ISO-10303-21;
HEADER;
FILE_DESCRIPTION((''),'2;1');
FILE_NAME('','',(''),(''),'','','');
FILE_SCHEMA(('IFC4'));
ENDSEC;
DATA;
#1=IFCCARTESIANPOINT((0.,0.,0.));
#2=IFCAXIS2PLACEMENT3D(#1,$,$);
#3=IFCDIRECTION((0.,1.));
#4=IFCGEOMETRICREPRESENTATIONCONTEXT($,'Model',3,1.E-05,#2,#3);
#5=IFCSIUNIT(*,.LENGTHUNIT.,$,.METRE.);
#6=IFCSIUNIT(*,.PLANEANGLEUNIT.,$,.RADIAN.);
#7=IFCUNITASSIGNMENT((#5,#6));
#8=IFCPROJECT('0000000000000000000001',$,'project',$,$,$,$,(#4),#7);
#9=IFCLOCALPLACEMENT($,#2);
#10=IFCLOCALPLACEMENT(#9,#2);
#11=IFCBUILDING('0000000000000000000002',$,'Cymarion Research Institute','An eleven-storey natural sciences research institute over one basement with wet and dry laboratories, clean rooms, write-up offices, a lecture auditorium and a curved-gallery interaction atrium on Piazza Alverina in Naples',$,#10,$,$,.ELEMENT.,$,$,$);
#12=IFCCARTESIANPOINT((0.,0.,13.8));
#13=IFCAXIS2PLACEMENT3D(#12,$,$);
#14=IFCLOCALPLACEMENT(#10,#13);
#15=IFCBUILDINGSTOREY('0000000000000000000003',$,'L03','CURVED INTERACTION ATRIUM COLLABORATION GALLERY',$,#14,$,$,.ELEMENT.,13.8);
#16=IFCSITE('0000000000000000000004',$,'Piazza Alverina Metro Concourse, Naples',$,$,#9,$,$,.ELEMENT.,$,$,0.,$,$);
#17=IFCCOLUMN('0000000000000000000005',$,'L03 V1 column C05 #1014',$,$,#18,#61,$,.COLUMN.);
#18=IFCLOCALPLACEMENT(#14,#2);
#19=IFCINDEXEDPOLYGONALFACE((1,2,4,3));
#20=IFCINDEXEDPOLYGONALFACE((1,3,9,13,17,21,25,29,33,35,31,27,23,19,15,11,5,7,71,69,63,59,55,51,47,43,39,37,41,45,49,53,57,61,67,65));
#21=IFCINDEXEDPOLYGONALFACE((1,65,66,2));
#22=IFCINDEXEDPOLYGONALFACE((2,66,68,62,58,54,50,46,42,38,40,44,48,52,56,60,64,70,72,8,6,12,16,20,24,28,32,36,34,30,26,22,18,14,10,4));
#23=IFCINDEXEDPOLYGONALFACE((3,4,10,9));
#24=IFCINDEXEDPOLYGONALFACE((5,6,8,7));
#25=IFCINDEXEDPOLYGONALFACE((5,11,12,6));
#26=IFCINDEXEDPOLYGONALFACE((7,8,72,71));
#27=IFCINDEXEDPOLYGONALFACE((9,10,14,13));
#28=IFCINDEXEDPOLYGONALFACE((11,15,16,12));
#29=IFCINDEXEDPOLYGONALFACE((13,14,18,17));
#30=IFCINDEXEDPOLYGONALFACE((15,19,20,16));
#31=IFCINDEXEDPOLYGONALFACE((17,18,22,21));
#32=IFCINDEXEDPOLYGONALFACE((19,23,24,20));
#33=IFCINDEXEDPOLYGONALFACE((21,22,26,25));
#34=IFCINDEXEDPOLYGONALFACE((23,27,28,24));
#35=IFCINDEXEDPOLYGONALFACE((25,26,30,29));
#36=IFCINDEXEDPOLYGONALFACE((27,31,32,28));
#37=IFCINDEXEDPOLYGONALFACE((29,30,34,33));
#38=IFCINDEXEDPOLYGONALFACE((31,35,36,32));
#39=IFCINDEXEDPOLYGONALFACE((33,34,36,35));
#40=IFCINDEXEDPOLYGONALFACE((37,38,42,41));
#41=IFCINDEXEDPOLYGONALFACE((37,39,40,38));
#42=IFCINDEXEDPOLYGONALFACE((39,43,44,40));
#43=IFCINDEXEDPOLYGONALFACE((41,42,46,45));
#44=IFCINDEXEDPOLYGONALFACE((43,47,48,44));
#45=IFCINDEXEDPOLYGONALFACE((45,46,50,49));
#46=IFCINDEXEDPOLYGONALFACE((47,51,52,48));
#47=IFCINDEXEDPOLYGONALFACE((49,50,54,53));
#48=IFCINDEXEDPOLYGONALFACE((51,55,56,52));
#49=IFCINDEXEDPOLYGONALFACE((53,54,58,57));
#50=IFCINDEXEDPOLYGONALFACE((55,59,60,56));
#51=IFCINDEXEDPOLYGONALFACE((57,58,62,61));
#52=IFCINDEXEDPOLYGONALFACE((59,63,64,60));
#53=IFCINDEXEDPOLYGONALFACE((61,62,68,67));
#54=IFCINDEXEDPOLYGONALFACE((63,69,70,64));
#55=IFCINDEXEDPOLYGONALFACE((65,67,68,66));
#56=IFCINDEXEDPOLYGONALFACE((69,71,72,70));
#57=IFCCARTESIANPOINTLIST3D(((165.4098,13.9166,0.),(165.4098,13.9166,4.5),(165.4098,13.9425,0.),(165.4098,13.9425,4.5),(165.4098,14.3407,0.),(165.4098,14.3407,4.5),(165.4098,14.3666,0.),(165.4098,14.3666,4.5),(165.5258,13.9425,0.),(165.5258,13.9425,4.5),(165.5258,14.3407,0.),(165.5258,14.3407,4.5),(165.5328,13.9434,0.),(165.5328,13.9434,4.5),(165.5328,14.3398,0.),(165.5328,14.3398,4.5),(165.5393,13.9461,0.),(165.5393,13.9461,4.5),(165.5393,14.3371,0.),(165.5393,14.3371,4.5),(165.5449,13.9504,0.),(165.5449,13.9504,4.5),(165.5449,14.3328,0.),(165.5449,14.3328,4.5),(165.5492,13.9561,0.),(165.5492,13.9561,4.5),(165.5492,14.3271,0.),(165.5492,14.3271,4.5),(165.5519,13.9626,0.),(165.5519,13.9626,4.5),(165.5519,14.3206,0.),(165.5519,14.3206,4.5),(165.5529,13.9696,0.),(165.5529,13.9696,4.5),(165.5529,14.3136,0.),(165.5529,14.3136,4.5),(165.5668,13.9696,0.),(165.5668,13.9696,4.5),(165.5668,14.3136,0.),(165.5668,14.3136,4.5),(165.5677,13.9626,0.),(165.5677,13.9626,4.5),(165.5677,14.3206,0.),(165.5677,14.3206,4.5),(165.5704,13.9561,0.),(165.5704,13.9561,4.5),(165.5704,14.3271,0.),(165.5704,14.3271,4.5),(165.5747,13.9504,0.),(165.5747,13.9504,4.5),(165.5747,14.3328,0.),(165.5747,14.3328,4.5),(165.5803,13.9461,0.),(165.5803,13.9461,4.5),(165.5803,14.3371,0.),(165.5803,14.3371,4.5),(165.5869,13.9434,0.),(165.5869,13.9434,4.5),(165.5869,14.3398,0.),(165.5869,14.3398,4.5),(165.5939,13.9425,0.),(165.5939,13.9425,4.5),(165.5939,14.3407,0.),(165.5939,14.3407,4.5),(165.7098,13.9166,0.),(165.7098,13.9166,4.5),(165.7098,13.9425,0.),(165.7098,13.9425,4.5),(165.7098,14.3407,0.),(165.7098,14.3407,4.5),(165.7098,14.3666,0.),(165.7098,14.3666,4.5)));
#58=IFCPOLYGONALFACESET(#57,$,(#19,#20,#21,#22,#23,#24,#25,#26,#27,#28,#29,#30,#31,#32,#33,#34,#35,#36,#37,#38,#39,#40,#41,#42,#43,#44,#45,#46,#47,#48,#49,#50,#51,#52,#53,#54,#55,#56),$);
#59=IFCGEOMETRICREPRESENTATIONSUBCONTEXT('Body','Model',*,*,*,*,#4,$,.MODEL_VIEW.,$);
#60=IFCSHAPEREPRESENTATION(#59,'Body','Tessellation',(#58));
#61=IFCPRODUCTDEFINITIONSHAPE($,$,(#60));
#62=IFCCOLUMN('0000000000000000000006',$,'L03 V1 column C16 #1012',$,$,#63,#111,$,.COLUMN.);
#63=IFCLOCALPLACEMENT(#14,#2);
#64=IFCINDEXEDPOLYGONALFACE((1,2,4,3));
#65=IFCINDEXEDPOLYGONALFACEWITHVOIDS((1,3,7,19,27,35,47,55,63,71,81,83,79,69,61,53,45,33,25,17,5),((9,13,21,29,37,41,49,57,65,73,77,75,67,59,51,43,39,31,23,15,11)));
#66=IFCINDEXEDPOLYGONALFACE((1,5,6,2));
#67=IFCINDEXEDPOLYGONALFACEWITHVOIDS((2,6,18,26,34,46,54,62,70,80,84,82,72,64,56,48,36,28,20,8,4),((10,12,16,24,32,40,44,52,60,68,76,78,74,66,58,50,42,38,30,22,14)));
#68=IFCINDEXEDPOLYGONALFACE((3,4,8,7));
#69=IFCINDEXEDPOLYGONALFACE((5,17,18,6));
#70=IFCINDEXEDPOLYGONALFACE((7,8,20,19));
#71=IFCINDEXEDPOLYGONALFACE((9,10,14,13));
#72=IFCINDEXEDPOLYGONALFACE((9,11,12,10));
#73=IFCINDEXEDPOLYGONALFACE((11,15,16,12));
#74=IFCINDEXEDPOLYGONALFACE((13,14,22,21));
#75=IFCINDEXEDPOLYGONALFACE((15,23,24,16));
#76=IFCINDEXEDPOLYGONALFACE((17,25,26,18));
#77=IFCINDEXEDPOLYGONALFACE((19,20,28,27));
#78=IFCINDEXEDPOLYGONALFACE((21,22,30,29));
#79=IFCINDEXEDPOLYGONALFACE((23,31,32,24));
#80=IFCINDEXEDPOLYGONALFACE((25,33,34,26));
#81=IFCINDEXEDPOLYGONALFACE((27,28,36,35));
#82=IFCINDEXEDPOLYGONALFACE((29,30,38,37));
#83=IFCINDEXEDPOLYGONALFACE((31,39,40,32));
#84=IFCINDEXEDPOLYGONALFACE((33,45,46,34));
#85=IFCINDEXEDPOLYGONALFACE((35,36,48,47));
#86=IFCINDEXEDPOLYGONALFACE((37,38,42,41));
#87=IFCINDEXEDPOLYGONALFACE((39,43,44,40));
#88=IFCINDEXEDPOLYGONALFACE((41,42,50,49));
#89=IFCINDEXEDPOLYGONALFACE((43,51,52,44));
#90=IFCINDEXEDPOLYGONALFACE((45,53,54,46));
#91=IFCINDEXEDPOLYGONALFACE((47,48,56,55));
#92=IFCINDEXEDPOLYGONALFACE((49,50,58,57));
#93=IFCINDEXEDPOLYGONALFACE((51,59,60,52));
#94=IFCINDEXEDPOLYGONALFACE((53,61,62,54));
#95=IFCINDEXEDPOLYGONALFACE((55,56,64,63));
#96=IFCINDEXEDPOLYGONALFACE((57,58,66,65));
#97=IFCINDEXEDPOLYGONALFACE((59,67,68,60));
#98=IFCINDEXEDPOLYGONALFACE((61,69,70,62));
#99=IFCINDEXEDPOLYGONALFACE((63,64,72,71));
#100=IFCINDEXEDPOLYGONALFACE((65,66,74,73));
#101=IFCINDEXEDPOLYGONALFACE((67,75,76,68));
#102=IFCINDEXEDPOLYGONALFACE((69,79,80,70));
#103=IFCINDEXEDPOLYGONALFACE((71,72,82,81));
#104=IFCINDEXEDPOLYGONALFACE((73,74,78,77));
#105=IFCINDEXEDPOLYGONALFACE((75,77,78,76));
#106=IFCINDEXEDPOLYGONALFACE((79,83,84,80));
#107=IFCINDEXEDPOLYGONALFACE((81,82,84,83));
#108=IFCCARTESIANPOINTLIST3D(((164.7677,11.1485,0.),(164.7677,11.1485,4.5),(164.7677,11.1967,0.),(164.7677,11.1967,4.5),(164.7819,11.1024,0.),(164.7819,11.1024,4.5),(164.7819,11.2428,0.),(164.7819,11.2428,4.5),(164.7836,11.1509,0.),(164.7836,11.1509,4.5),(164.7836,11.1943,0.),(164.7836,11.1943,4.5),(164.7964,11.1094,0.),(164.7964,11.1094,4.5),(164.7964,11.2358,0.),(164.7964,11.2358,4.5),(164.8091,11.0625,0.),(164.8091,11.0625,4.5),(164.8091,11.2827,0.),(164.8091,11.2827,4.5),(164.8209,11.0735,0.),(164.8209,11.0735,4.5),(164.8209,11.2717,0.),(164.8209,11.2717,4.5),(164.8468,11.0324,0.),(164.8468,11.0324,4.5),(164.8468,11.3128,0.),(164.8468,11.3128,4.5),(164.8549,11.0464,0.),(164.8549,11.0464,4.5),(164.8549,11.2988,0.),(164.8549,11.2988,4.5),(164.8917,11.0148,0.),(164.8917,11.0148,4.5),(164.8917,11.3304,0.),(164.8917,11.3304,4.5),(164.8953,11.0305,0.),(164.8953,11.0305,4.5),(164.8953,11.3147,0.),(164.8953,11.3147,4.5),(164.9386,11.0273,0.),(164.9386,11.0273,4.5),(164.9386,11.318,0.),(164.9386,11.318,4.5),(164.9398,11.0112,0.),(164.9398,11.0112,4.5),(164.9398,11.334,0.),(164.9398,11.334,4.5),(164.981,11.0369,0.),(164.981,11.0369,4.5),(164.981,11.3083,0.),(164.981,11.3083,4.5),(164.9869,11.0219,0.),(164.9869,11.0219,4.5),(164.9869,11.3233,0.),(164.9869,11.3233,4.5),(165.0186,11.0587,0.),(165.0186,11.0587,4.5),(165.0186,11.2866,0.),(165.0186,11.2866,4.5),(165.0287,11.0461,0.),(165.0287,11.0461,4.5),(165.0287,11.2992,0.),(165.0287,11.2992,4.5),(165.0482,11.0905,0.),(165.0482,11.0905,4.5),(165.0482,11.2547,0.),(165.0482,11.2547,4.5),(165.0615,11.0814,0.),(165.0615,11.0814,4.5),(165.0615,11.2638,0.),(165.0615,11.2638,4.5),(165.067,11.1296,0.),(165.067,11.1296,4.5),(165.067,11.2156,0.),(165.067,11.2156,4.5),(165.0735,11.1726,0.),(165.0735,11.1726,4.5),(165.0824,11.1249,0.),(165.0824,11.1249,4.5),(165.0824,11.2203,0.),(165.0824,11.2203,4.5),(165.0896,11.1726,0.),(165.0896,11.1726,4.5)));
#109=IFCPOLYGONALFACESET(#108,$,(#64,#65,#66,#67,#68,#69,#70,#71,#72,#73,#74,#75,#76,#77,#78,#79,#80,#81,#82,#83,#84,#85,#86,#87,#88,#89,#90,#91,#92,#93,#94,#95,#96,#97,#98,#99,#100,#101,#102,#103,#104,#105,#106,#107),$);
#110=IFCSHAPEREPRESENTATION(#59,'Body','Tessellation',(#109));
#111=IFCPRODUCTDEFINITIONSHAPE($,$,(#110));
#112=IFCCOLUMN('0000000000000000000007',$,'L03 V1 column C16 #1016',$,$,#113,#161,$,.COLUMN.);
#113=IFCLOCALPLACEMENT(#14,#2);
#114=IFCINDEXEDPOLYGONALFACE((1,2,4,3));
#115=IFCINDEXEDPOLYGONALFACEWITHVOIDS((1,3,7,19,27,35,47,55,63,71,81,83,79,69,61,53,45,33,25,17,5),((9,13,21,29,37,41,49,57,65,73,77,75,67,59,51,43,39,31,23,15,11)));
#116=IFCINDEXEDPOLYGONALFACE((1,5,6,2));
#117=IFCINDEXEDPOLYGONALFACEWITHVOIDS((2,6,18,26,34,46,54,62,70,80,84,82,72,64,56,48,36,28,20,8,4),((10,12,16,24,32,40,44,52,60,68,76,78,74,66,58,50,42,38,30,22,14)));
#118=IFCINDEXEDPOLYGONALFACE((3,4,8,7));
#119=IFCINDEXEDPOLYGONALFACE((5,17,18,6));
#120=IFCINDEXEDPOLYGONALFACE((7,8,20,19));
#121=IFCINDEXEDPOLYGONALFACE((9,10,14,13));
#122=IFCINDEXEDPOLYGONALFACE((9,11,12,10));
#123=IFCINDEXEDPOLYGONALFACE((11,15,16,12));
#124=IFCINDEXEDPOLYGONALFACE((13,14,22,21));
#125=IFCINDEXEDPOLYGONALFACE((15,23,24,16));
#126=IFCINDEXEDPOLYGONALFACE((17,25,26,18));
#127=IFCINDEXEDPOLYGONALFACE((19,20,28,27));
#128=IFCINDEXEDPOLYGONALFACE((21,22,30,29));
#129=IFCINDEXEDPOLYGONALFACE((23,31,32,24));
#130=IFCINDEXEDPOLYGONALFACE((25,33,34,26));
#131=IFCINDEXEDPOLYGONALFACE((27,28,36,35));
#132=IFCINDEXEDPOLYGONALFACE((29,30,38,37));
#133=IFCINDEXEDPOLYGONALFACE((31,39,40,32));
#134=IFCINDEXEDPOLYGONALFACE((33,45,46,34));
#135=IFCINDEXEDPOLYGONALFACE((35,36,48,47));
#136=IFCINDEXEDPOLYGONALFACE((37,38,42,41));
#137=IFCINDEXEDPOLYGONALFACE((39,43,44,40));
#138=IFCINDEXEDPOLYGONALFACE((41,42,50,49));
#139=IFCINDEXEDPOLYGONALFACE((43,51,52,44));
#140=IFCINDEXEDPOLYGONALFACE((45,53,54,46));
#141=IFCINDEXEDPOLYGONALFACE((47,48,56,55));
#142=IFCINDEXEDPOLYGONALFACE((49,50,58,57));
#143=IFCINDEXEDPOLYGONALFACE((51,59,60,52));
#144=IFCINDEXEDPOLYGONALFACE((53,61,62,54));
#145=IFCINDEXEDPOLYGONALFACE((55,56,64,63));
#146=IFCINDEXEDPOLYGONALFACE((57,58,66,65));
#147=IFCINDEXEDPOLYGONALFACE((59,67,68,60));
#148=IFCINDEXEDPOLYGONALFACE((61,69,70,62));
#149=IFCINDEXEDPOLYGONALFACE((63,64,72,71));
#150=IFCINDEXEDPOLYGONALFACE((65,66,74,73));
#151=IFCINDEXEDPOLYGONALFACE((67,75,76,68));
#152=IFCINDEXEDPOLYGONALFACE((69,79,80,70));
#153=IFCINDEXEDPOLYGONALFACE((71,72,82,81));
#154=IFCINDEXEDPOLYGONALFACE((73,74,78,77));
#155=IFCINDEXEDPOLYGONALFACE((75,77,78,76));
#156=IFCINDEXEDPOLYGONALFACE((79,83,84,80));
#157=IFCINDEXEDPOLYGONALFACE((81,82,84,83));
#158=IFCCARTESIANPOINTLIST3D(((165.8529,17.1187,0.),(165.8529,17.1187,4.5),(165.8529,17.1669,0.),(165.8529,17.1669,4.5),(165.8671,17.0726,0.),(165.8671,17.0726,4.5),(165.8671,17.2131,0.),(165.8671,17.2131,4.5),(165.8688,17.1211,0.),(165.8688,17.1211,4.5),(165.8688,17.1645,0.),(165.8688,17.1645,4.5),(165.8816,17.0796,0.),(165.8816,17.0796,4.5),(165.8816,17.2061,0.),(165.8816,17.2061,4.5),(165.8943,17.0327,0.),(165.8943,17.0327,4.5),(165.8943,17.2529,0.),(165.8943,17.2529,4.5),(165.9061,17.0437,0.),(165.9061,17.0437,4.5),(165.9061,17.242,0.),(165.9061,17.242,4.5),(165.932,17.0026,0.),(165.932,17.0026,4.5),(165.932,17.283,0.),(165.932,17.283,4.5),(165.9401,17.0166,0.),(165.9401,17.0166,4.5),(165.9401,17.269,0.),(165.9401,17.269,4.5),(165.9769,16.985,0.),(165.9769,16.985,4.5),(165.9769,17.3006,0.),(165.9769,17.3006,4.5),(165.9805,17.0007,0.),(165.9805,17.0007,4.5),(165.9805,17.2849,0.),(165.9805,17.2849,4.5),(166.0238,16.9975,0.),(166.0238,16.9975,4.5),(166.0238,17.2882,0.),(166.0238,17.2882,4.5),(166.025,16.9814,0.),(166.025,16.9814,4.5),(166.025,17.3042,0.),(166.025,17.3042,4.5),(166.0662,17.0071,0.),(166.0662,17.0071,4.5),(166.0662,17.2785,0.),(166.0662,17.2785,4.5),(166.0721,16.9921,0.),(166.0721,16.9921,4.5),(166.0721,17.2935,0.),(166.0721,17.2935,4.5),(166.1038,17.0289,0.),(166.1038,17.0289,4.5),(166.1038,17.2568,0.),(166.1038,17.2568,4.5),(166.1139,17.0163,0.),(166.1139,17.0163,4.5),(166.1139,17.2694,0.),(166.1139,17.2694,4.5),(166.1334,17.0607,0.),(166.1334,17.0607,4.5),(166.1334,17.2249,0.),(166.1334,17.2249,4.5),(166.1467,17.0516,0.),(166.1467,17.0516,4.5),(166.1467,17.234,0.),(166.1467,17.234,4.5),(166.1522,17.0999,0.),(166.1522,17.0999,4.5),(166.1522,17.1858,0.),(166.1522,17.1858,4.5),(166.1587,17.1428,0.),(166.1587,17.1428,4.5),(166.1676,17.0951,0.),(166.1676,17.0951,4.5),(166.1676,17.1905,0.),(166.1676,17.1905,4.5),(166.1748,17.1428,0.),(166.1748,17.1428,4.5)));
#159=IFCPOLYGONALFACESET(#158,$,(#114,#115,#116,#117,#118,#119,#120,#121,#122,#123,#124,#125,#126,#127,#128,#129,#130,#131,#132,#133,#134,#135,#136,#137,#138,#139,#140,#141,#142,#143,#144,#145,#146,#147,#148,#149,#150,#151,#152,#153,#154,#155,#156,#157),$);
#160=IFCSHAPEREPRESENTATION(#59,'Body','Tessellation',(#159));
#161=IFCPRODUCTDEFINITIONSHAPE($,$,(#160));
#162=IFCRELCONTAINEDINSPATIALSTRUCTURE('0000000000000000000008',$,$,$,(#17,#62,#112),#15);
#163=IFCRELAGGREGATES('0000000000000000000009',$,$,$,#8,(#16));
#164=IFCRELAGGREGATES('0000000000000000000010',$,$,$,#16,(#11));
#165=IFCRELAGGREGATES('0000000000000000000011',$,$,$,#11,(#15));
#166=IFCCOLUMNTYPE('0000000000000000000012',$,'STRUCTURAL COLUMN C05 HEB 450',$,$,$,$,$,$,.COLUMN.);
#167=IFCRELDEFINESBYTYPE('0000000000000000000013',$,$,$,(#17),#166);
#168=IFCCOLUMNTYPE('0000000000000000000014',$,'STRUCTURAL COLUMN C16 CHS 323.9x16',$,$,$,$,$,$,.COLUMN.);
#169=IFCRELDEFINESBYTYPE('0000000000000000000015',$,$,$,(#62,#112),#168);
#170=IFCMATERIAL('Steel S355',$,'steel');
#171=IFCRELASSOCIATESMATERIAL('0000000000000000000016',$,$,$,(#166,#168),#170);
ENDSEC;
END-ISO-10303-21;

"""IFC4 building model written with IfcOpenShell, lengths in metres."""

from ifc_helpers import new_model, si_unit, direction, frame, origin, origin_2d, place, context, subcontext, project, spatial, hollow_circle, i_section, extrude, material, material_profile, profile_set, type_object, element, save


model = new_model("IFC4")

# Units and contexts
model_context = context("Model", 3, precision=1e-05, world=origin(), true_north=direction((0.0, 1.0)))
body_context = subcontext(model_context, "Body", "Model", "MODEL_VIEW")
ifc_project = project(units=[si_unit("LENGTHUNIT", "METRE"), si_unit("PLANEANGLEUNIT", "RADIAN")], contexts=[model_context])

# Site, building, storey
site_placement = place(None, origin())
site = spatial("IfcSite", under=ifc_project, at=site_placement, Name="Piazza Alverina Metro Concourse, Naples", CompositionType="ELEMENT", RefElevation=0.0)
building_placement = place(site_placement, origin())
building = spatial("IfcBuilding", under=site, at=building_placement, Name="Cymarion Research Institute", Description="An eleven-storey natural sciences research institute over one basement with wet and dry laboratories, clean rooms, write-up offices, a lecture auditorium and a curved-gallery interaction atrium on Piazza Alverina in Naples", CompositionType="ELEMENT")
storey_placement = place(building_placement, frame((0.0, 0.0, 13.8)))
storey = spatial("IfcBuildingStorey", under=building, at=storey_placement, Name="L03", Description="CURVED INTERACTION ATRIUM COLLABORATION GALLERY", CompositionType="ELEMENT", Elevation=13.8)

# Columns
ifc_material_1 = material(Name="Steel S355", Category="steel")
ifc_material_profile_1 = material_profile(ifc_material_1, i_section(OverallWidth=0.3, OverallDepth=0.45, WebThickness=0.0139, FlangeThickness=0.0259, FilletRadius=0.0271, at=origin_2d()), Name="HEB 450")
ifc_profile_set_1 = profile_set([ifc_material_profile_1], Name="Steel S355")
column_type_1 = type_object("IfcColumnType", Name="STRUCTURAL COLUMN C05 HEB 450", PredefinedType="COLUMN", material=ifc_profile_set_1)
column_placement = place(storey_placement, frame((165.5598, 14.1416, 0.0), z_axis=(0.0, 0.0, 1.0), x_axis=(1.0, 0.0, 0.0)))
element("IfcColumn", 1, at=column_placement, inside=storey, type_object=column_type_1, Name="L03 V1 column C05 #1014", PredefinedType="COLUMN", context=body_context, shape_type="SweptSolid", body=[
    extrude(i_section(OverallWidth=0.3, OverallDepth=0.45, WebThickness=0.0139, FlangeThickness=0.0259, FilletRadius=0.0271, at=origin_2d()), origin(), (0.0, 0.0, 1.0), 4.5),
])
ifc_material_profile_2 = material_profile(ifc_material_1, hollow_circle(Radius=0.1619, WallThickness=0.0161, at=origin_2d()), Name="CHS 323.9x16")
ifc_profile_set_2 = profile_set([ifc_material_profile_2], Name="Steel S355")
column_type_2 = type_object("IfcColumnType", Name="STRUCTURAL COLUMN C16 CHS 323.9x16", PredefinedType="COLUMN", material=ifc_profile_set_2)
for number, where, z_axis, x_axis, name in (
    (2, (164.9277, 11.1726, 0.0), (0.0, 0.0, 1.0), (1.0, 0.0, 0.0), "L03 V1 column C16 #1012"),
    (3, (166.0129, 17.1428, 0.0), (0.0, 0.0, 1.0), (1.0, 0.0, 0.0), "L03 V1 column C16 #1016"),
):
    element("IfcColumn", number, at=place(storey_placement, frame(where, z_axis=z_axis, x_axis=x_axis)), inside=storey, type_object=column_type_2, Name=name, PredefinedType="COLUMN", context=body_context, shape_type="SweptSolid", body=[
        extrude(hollow_circle(Radius=0.1619, WallThickness=0.0161, at=origin_2d()), origin(), (0.0, 0.0, 1.0), 4.5),
    ])

save(model, "model.ifc")
